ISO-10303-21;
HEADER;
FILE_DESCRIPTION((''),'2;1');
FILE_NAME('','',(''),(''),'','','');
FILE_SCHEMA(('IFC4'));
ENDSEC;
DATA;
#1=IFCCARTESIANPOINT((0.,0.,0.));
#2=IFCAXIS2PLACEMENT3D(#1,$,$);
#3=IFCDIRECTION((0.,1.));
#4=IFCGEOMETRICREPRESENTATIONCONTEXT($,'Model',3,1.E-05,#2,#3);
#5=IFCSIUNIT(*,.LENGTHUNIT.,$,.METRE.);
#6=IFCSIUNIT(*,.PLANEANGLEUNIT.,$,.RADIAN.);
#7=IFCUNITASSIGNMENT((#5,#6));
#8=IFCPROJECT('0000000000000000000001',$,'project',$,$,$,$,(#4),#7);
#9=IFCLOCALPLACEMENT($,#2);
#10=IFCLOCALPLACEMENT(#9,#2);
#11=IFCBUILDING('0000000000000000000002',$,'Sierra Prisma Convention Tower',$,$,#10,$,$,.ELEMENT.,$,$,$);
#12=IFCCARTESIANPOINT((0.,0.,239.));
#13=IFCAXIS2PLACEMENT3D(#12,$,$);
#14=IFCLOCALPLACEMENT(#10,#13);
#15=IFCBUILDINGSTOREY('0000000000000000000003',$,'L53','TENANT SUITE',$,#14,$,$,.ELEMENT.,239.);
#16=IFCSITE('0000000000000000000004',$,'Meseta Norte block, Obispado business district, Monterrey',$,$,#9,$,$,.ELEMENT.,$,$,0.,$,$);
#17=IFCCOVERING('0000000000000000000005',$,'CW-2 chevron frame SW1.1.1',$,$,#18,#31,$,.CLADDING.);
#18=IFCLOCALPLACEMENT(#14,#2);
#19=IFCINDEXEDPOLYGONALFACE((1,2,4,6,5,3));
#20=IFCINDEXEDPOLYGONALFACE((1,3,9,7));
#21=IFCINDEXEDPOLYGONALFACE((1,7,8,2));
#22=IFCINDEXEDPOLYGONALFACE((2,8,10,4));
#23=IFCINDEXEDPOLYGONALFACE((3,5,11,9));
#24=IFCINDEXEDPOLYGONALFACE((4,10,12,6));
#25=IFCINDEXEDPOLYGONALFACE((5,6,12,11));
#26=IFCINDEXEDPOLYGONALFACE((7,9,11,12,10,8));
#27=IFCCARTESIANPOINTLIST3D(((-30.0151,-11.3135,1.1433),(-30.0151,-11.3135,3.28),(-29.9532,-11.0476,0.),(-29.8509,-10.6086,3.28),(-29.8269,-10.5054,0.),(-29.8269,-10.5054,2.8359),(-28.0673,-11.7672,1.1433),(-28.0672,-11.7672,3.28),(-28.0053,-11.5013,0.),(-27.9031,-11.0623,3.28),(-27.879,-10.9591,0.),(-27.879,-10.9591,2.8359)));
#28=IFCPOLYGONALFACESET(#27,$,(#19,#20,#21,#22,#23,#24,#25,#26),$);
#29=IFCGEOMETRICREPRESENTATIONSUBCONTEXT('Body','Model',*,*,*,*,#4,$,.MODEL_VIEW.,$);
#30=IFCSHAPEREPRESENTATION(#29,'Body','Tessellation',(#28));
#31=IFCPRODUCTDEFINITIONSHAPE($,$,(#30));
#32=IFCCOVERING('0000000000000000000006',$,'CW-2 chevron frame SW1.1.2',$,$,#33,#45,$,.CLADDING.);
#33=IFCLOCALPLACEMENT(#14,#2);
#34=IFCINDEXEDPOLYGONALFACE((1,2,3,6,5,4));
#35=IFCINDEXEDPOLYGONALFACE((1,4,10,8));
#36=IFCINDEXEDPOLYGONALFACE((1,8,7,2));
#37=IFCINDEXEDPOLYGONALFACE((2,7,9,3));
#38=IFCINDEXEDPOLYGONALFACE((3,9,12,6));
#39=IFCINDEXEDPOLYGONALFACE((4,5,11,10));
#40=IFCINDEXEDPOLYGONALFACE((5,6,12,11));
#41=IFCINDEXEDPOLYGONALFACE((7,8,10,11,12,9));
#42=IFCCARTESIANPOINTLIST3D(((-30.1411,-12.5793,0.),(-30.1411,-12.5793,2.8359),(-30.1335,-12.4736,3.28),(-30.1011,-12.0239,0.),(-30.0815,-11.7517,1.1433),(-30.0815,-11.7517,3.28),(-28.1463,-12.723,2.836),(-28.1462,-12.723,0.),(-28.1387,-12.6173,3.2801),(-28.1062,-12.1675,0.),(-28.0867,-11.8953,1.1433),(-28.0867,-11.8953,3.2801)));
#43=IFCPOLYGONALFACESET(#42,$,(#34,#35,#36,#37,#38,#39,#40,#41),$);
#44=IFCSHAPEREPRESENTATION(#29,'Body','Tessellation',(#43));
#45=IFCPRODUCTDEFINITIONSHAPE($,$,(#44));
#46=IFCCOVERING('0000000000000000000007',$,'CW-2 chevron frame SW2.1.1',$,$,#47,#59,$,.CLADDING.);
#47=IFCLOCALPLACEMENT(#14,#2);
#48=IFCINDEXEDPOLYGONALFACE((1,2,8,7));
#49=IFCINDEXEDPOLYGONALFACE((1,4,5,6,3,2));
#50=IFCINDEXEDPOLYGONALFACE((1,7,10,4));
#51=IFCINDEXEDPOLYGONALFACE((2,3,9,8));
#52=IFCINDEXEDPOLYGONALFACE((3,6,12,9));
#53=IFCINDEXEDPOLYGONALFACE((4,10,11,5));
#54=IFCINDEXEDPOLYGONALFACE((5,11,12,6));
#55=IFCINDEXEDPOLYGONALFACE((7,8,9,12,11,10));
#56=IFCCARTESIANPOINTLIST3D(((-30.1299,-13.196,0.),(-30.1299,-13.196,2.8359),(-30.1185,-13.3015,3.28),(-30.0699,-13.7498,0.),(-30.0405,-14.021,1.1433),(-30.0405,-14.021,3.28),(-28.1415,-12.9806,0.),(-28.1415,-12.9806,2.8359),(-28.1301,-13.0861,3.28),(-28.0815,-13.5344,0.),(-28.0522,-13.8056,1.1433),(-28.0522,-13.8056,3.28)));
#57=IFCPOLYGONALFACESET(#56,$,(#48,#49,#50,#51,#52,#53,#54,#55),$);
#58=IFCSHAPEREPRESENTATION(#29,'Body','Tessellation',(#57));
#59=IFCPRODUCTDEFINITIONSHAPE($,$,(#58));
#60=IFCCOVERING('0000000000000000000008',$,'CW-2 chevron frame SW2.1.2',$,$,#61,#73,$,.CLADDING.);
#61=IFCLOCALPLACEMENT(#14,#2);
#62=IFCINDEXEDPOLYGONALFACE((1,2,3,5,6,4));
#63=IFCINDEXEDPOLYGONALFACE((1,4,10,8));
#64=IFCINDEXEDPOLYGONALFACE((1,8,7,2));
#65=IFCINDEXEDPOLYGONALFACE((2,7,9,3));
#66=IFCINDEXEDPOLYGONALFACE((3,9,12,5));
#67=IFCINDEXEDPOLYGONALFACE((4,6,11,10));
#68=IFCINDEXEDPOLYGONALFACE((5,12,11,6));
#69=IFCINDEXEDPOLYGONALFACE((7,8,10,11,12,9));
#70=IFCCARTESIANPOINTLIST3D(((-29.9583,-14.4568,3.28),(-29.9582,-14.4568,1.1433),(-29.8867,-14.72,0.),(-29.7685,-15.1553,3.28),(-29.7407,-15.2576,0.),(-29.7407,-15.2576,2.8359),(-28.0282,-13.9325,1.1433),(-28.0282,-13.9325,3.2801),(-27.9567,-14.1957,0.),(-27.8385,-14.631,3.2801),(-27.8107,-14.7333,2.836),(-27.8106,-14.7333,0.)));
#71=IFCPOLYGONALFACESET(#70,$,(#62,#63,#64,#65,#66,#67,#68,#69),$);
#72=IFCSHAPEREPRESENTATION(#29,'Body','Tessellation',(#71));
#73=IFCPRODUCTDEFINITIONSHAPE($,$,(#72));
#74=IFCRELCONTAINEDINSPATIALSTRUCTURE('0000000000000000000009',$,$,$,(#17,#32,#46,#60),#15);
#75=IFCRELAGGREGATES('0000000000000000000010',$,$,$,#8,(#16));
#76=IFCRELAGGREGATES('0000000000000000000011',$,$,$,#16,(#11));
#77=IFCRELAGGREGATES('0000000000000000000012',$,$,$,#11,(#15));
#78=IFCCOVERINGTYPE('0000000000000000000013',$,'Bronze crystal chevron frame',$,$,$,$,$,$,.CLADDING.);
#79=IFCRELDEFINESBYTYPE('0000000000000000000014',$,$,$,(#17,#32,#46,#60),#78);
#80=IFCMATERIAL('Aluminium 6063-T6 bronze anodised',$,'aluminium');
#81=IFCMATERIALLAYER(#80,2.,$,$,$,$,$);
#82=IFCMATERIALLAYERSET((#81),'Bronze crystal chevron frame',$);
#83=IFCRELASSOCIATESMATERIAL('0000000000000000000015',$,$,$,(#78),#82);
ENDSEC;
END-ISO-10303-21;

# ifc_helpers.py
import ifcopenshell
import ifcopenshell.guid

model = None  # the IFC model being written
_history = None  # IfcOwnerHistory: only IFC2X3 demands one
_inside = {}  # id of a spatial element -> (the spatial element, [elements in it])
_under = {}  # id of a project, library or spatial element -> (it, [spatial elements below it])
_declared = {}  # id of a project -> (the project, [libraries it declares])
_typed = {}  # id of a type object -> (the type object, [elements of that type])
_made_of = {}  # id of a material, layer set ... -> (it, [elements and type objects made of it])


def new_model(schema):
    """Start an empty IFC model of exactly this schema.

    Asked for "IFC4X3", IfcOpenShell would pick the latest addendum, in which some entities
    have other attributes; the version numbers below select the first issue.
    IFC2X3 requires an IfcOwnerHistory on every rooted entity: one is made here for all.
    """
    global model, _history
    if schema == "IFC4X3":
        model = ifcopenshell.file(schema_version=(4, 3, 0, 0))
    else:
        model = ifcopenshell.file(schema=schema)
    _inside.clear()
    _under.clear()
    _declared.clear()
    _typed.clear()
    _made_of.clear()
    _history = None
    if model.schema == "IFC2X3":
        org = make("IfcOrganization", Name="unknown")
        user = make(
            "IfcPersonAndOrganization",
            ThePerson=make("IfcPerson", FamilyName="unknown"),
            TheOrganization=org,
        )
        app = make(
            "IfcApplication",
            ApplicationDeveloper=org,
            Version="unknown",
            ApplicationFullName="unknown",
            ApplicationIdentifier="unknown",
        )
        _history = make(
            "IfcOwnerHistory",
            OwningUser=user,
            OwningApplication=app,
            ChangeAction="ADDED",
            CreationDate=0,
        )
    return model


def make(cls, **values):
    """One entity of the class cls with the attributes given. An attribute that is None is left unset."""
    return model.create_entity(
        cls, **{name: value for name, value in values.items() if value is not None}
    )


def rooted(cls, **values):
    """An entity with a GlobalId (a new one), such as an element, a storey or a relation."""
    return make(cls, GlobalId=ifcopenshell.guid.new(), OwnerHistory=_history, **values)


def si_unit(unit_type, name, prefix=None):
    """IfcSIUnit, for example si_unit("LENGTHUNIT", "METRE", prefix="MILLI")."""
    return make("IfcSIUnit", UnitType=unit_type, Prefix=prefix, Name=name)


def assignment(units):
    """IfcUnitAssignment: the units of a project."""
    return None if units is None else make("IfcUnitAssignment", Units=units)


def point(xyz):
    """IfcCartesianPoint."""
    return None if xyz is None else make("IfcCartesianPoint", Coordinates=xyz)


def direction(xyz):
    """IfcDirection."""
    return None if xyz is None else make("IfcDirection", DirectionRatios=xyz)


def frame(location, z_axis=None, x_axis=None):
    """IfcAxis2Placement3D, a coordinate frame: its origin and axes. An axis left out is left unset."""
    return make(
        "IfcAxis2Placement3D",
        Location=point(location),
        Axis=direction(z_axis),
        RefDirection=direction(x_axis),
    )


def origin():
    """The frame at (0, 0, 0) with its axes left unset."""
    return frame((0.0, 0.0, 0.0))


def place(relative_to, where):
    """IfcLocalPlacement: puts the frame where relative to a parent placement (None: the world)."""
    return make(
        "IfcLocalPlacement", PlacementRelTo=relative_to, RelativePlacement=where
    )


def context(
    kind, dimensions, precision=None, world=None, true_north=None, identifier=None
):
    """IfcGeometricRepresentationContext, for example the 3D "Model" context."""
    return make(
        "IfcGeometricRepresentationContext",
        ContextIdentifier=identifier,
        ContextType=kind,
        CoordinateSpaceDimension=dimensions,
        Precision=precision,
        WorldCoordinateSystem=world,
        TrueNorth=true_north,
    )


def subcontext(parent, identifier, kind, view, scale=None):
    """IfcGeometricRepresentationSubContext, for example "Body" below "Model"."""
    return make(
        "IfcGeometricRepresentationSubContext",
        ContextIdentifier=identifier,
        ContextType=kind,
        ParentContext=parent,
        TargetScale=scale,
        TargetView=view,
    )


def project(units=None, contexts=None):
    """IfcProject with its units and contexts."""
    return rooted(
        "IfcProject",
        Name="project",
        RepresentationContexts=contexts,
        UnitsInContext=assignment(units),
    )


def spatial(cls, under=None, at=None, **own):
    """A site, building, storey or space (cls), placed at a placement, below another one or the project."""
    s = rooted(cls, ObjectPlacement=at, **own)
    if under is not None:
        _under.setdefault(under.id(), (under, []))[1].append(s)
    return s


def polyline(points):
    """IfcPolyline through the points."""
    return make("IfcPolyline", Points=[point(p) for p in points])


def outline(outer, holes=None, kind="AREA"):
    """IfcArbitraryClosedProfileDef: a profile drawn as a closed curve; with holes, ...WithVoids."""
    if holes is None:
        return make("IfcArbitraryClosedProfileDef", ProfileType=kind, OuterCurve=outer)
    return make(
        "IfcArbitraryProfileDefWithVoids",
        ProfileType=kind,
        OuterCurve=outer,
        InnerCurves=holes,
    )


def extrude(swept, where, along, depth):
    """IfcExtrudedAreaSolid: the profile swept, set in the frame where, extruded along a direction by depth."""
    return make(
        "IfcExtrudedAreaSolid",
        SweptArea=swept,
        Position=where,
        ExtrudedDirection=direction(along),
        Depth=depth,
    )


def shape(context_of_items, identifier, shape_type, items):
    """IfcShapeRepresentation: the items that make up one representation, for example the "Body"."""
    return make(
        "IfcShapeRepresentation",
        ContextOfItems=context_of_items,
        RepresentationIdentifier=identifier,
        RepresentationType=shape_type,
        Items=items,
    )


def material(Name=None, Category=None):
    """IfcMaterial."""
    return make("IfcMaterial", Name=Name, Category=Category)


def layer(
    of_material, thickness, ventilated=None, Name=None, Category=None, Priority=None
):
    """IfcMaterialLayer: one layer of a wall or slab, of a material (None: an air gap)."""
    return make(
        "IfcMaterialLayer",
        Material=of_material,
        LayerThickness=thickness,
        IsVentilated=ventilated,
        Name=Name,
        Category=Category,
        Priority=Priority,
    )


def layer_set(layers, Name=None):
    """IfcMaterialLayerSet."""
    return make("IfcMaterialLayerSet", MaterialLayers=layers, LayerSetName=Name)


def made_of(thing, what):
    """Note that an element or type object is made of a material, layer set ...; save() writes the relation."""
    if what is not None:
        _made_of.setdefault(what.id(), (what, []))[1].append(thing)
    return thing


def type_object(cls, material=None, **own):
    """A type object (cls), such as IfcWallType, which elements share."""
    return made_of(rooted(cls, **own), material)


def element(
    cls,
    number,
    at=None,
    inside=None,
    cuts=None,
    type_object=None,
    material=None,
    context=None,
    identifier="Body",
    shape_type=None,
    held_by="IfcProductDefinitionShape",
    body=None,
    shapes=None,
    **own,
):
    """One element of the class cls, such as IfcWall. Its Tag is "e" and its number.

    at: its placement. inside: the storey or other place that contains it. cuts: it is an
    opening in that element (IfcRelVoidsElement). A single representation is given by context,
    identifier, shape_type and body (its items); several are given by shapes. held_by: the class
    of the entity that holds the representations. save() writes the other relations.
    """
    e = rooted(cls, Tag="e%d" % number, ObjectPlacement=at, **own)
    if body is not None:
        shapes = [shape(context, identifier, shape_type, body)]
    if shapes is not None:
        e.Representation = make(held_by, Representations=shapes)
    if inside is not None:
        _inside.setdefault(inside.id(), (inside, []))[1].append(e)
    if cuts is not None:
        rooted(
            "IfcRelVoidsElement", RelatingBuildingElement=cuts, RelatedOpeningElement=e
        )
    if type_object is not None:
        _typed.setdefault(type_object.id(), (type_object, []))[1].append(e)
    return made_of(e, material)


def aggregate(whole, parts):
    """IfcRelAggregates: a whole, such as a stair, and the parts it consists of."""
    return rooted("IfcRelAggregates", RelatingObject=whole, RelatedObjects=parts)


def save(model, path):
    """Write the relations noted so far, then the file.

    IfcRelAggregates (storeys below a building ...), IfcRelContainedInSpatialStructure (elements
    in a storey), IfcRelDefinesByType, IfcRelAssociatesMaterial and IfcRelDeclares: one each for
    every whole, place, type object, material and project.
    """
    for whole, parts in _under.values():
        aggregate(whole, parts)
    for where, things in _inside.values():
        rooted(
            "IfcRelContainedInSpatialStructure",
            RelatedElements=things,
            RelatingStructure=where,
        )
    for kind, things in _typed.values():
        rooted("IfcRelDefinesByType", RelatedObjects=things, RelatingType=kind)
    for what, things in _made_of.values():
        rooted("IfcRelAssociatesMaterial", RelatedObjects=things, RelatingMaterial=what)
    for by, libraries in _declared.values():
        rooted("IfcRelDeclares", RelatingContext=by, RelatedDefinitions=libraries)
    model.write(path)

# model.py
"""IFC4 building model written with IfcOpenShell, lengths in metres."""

from ifc_helpers import new_model, si_unit, direction, frame, origin, place, context, subcontext, project, spatial, polyline, outline, extrude, material, layer, layer_set, type_object, element, save


model = new_model("IFC4")

# Units and contexts
model_context = context("Model", 3, precision=1e-05, world=origin(), true_north=direction((0.0, 1.0)))
body_context = subcontext(model_context, "Body", "Model", "MODEL_VIEW")
ifc_project = project(units=[si_unit("LENGTHUNIT", "METRE"), si_unit("PLANEANGLEUNIT", "RADIAN")], contexts=[model_context])

# Site, building, storey
site_placement = place(None, origin())
site = spatial("IfcSite", under=ifc_project, at=site_placement, Name="Meseta Norte block, Obispado business district, Monterrey", CompositionType="ELEMENT", RefElevation=0.0)
building_placement = place(site_placement, origin())
building = spatial("IfcBuilding", under=site, at=building_placement, Name="Sierra Prisma Convention Tower", CompositionType="ELEMENT")
storey_placement = place(building_placement, frame((0.0, 0.0, 239.0)))
storey = spatial("IfcBuildingStorey", under=building, at=storey_placement, Name="L53", Description="TENANT SUITE", CompositionType="ELEMENT", Elevation=239.0)

# Coverings
ifc_material_1 = material(Name="Aluminium 6063-T6 bronze anodised", Category="aluminium")
ifc_layer_1 = layer(ifc_material_1, 2.0)
ifc_layer_set_1 = layer_set([ifc_layer_1], Name="Bronze crystal chevron frame")
covering_type = type_object("IfcCoveringType", Name="Bronze crystal chevron frame", PredefinedType="CLADDING", material=ifc_layer_set_1)
covering_1_placement = place(storey_placement, frame((-29.8269, -10.5054, 0.0), z_axis=(-0.97393, 0.226851, 0.000007), x_axis=(-0.226851, -0.97393, 0.0)))
element("IfcCovering", 1, at=covering_1_placement, inside=storey, type_object=covering_type, Name="CW-2 chevron frame SW1.1.1", PredefinedType="CLADDING", context=body_context, shape_type="SweptSolid", body=[
    extrude(outline(polyline([(0.0, 0.0), (0.5567, 0.0), (0.8297, 1.1433), (0.8297, 3.28), (0.106, 3.28), (0.0, 2.8359), (0.0, 0.0)])), origin(), (0.0, 0.0, -1.0), 2.0),
])
covering_2_placement = place(storey_placement, frame((-30.0815, -11.7517, 3.28), z_axis=(-0.997418, 0.071808, -0.000017), x_axis=(0.000017, -0.000001, -1.0)))
element("IfcCovering", 2, at=covering_2_placement, inside=storey, type_object=covering_type, Name="CW-2 chevron frame SW1.1.2", PredefinedType="CLADDING", context=body_context, shape_type="SweptSolid", body=[
    extrude(outline(polyline([(0.0, 0.0), (2.1367, 0.0), (3.28, 0.2729), (3.28, 0.8298), (0.4441, 0.8298), (0.0, 0.7238), (0.0, 0.0)])), origin(), (0.0, 0.0, -1.0), 2.0),
])
covering_3_placement = place(storey_placement, frame((-30.1299, -13.196, 0.0), z_axis=(-0.994183, -0.1077, -0.000005), x_axis=(0.1077, -0.994183, 0.0)))
element("IfcCovering", 3, at=covering_3_placement, inside=storey, type_object=covering_type, Name="CW-2 chevron frame SW2.1.1", PredefinedType="CLADDING", context=body_context, shape_type="SweptSolid", body=[
    extrude(outline(polyline([(0.0, 0.0), (0.557, 0.0), (0.8298, 1.1433), (0.8298, 3.28), (0.1061, 3.28), (0.0, 2.8359), (0.0, 0.0)])), origin(), (0.0, 0.0, -1.0), 2.0),
])
covering_4_placement = place(storey_placement, frame((-29.9583, -14.4568, 3.28), z_axis=(-0.965031, -0.262134, -0.000013), x_axis=(0.000013, 0.000003, -1.0)))
element("IfcCovering", 4, at=covering_4_placement, inside=storey, type_object=covering_type, Name="CW-2 chevron frame SW2.1.2", PredefinedType="CLADDING", context=body_context, shape_type="SweptSolid", body=[
    extrude(outline(polyline([(0.0, 0.0), (2.1367, 0.0), (3.28, 0.2727), (3.28, 0.8298), (0.4441, 0.8298), (0.0, 0.7238), (0.0, 0.0)])), origin(), (0.0, 0.0, -1.0), 2.0),
])

save(model, "model.ifc")
